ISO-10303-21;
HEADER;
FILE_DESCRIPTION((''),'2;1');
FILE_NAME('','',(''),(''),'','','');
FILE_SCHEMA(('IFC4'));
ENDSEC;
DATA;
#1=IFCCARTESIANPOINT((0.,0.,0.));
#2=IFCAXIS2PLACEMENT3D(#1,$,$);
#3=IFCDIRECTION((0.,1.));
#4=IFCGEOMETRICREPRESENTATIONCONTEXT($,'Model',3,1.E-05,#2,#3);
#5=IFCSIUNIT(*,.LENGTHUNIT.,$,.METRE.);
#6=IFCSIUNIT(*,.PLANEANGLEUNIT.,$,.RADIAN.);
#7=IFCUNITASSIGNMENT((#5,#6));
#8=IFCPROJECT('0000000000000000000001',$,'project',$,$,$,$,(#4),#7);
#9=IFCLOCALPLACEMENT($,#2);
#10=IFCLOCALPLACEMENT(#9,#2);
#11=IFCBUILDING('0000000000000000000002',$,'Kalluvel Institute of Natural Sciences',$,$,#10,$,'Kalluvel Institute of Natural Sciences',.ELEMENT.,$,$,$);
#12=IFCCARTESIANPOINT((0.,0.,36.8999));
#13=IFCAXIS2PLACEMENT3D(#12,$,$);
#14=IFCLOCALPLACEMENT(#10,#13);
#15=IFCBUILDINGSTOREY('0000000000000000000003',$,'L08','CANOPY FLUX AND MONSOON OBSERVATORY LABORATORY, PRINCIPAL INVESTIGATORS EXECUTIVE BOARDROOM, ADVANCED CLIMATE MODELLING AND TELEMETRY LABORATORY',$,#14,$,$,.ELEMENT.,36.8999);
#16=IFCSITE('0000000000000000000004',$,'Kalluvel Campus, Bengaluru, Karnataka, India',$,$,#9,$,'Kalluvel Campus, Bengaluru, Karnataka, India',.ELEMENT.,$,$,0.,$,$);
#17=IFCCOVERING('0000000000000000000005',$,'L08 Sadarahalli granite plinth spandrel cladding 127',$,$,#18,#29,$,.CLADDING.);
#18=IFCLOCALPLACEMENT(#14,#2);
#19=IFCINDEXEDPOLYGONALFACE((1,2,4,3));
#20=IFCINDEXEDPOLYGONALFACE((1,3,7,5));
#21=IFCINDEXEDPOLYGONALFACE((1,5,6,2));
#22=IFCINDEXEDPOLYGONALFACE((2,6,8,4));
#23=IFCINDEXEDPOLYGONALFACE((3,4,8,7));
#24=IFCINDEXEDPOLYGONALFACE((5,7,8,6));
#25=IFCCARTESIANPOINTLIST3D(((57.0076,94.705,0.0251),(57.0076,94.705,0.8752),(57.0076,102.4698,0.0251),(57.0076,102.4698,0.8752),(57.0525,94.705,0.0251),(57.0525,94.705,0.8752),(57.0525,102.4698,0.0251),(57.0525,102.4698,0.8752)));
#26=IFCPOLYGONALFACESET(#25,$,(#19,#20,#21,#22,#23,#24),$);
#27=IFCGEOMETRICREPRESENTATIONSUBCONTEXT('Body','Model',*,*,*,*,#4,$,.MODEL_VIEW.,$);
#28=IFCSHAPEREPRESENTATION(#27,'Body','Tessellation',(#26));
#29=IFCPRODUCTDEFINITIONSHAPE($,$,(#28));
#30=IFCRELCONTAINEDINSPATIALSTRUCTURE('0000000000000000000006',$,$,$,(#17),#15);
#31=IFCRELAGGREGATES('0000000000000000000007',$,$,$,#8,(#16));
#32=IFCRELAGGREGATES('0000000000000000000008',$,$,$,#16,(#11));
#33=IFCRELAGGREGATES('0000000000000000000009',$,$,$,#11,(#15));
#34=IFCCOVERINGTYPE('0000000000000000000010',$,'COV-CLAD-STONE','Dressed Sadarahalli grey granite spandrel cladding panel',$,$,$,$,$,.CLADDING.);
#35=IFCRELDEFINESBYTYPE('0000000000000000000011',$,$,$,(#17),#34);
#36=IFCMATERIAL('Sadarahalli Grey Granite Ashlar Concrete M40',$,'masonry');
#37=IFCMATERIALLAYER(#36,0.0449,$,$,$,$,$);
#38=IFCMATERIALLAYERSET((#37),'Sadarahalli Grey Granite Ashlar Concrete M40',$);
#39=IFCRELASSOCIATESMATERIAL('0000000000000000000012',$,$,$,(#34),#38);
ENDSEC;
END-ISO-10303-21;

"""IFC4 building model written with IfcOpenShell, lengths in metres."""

from ifc_helpers import new_model, si_unit, direction, frame, origin, origin_2d, place, context, subcontext, project, spatial, rectangle, extrude, material, layer, layer_set, type_object, element, save


model = new_model("IFC4")

# Units and contexts
model_context = context("Model", 3, precision=1e-05, world=origin(), true_north=direction((0.0, 1.0)))
body_context = subcontext(model_context, "Body", "Model", "MODEL_VIEW")
ifc_project = project(units=[si_unit("LENGTHUNIT", "METRE"), si_unit("PLANEANGLEUNIT", "RADIAN")], contexts=[model_context])

# Site, building, storey
site_placement = place(None, origin())
site = spatial("IfcSite", under=ifc_project, at=site_placement, Name="Kalluvel Campus, Bengaluru, Karnataka, India", LongName="Kalluvel Campus, Bengaluru, Karnataka, India", CompositionType="ELEMENT", RefElevation=0.0)
building_placement = place(site_placement, origin())
building = spatial("IfcBuilding", under=site, at=building_placement, Name="Kalluvel Institute of Natural Sciences", LongName="Kalluvel Institute of Natural Sciences", CompositionType="ELEMENT")
storey_placement = place(building_placement, frame((0.0, 0.0, 36.8999)))
storey = spatial("IfcBuildingStorey", under=building, at=storey_placement, Name="L08", Description="CANOPY FLUX AND MONSOON OBSERVATORY LABORATORY, PRINCIPAL INVESTIGATORS EXECUTIVE BOARDROOM, ADVANCED CLIMATE MODELLING AND TELEMETRY LABORATORY", CompositionType="ELEMENT", Elevation=36.8999)

# Covering
ifc_material_1 = material(Name="Sadarahalli Grey Granite Ashlar Concrete M40", Category="masonry")
ifc_layer_1 = layer(ifc_material_1, 0.0449)
ifc_layer_set_1 = layer_set([ifc_layer_1], Name="Sadarahalli Grey Granite Ashlar Concrete M40")
covering_type = type_object("IfcCoveringType", Name="COV-CLAD-STONE", Description="Dressed Sadarahalli grey granite spandrel cladding panel", PredefinedType="CLADDING", material=ifc_layer_set_1)
covering_placement = place(storey_placement, frame((57.03, 98.5874, 0.0251), z_axis=(0.0, 0.0, 1.0), x_axis=(0.0, 1.0, 0.0)))
element("IfcCovering", 1, at=covering_placement, inside=storey, type_object=covering_type, Name="L08 Sadarahalli granite plinth spandrel cladding 127", PredefinedType="CLADDING", context=body_context, shape_type="SweptSolid", body=[
    extrude(rectangle(XDim=7.7649, YDim=0.0449, at=origin_2d()), origin(), (0.0, 0.0, 1.0), 0.8501),
])

save(model, "model.ifc")
